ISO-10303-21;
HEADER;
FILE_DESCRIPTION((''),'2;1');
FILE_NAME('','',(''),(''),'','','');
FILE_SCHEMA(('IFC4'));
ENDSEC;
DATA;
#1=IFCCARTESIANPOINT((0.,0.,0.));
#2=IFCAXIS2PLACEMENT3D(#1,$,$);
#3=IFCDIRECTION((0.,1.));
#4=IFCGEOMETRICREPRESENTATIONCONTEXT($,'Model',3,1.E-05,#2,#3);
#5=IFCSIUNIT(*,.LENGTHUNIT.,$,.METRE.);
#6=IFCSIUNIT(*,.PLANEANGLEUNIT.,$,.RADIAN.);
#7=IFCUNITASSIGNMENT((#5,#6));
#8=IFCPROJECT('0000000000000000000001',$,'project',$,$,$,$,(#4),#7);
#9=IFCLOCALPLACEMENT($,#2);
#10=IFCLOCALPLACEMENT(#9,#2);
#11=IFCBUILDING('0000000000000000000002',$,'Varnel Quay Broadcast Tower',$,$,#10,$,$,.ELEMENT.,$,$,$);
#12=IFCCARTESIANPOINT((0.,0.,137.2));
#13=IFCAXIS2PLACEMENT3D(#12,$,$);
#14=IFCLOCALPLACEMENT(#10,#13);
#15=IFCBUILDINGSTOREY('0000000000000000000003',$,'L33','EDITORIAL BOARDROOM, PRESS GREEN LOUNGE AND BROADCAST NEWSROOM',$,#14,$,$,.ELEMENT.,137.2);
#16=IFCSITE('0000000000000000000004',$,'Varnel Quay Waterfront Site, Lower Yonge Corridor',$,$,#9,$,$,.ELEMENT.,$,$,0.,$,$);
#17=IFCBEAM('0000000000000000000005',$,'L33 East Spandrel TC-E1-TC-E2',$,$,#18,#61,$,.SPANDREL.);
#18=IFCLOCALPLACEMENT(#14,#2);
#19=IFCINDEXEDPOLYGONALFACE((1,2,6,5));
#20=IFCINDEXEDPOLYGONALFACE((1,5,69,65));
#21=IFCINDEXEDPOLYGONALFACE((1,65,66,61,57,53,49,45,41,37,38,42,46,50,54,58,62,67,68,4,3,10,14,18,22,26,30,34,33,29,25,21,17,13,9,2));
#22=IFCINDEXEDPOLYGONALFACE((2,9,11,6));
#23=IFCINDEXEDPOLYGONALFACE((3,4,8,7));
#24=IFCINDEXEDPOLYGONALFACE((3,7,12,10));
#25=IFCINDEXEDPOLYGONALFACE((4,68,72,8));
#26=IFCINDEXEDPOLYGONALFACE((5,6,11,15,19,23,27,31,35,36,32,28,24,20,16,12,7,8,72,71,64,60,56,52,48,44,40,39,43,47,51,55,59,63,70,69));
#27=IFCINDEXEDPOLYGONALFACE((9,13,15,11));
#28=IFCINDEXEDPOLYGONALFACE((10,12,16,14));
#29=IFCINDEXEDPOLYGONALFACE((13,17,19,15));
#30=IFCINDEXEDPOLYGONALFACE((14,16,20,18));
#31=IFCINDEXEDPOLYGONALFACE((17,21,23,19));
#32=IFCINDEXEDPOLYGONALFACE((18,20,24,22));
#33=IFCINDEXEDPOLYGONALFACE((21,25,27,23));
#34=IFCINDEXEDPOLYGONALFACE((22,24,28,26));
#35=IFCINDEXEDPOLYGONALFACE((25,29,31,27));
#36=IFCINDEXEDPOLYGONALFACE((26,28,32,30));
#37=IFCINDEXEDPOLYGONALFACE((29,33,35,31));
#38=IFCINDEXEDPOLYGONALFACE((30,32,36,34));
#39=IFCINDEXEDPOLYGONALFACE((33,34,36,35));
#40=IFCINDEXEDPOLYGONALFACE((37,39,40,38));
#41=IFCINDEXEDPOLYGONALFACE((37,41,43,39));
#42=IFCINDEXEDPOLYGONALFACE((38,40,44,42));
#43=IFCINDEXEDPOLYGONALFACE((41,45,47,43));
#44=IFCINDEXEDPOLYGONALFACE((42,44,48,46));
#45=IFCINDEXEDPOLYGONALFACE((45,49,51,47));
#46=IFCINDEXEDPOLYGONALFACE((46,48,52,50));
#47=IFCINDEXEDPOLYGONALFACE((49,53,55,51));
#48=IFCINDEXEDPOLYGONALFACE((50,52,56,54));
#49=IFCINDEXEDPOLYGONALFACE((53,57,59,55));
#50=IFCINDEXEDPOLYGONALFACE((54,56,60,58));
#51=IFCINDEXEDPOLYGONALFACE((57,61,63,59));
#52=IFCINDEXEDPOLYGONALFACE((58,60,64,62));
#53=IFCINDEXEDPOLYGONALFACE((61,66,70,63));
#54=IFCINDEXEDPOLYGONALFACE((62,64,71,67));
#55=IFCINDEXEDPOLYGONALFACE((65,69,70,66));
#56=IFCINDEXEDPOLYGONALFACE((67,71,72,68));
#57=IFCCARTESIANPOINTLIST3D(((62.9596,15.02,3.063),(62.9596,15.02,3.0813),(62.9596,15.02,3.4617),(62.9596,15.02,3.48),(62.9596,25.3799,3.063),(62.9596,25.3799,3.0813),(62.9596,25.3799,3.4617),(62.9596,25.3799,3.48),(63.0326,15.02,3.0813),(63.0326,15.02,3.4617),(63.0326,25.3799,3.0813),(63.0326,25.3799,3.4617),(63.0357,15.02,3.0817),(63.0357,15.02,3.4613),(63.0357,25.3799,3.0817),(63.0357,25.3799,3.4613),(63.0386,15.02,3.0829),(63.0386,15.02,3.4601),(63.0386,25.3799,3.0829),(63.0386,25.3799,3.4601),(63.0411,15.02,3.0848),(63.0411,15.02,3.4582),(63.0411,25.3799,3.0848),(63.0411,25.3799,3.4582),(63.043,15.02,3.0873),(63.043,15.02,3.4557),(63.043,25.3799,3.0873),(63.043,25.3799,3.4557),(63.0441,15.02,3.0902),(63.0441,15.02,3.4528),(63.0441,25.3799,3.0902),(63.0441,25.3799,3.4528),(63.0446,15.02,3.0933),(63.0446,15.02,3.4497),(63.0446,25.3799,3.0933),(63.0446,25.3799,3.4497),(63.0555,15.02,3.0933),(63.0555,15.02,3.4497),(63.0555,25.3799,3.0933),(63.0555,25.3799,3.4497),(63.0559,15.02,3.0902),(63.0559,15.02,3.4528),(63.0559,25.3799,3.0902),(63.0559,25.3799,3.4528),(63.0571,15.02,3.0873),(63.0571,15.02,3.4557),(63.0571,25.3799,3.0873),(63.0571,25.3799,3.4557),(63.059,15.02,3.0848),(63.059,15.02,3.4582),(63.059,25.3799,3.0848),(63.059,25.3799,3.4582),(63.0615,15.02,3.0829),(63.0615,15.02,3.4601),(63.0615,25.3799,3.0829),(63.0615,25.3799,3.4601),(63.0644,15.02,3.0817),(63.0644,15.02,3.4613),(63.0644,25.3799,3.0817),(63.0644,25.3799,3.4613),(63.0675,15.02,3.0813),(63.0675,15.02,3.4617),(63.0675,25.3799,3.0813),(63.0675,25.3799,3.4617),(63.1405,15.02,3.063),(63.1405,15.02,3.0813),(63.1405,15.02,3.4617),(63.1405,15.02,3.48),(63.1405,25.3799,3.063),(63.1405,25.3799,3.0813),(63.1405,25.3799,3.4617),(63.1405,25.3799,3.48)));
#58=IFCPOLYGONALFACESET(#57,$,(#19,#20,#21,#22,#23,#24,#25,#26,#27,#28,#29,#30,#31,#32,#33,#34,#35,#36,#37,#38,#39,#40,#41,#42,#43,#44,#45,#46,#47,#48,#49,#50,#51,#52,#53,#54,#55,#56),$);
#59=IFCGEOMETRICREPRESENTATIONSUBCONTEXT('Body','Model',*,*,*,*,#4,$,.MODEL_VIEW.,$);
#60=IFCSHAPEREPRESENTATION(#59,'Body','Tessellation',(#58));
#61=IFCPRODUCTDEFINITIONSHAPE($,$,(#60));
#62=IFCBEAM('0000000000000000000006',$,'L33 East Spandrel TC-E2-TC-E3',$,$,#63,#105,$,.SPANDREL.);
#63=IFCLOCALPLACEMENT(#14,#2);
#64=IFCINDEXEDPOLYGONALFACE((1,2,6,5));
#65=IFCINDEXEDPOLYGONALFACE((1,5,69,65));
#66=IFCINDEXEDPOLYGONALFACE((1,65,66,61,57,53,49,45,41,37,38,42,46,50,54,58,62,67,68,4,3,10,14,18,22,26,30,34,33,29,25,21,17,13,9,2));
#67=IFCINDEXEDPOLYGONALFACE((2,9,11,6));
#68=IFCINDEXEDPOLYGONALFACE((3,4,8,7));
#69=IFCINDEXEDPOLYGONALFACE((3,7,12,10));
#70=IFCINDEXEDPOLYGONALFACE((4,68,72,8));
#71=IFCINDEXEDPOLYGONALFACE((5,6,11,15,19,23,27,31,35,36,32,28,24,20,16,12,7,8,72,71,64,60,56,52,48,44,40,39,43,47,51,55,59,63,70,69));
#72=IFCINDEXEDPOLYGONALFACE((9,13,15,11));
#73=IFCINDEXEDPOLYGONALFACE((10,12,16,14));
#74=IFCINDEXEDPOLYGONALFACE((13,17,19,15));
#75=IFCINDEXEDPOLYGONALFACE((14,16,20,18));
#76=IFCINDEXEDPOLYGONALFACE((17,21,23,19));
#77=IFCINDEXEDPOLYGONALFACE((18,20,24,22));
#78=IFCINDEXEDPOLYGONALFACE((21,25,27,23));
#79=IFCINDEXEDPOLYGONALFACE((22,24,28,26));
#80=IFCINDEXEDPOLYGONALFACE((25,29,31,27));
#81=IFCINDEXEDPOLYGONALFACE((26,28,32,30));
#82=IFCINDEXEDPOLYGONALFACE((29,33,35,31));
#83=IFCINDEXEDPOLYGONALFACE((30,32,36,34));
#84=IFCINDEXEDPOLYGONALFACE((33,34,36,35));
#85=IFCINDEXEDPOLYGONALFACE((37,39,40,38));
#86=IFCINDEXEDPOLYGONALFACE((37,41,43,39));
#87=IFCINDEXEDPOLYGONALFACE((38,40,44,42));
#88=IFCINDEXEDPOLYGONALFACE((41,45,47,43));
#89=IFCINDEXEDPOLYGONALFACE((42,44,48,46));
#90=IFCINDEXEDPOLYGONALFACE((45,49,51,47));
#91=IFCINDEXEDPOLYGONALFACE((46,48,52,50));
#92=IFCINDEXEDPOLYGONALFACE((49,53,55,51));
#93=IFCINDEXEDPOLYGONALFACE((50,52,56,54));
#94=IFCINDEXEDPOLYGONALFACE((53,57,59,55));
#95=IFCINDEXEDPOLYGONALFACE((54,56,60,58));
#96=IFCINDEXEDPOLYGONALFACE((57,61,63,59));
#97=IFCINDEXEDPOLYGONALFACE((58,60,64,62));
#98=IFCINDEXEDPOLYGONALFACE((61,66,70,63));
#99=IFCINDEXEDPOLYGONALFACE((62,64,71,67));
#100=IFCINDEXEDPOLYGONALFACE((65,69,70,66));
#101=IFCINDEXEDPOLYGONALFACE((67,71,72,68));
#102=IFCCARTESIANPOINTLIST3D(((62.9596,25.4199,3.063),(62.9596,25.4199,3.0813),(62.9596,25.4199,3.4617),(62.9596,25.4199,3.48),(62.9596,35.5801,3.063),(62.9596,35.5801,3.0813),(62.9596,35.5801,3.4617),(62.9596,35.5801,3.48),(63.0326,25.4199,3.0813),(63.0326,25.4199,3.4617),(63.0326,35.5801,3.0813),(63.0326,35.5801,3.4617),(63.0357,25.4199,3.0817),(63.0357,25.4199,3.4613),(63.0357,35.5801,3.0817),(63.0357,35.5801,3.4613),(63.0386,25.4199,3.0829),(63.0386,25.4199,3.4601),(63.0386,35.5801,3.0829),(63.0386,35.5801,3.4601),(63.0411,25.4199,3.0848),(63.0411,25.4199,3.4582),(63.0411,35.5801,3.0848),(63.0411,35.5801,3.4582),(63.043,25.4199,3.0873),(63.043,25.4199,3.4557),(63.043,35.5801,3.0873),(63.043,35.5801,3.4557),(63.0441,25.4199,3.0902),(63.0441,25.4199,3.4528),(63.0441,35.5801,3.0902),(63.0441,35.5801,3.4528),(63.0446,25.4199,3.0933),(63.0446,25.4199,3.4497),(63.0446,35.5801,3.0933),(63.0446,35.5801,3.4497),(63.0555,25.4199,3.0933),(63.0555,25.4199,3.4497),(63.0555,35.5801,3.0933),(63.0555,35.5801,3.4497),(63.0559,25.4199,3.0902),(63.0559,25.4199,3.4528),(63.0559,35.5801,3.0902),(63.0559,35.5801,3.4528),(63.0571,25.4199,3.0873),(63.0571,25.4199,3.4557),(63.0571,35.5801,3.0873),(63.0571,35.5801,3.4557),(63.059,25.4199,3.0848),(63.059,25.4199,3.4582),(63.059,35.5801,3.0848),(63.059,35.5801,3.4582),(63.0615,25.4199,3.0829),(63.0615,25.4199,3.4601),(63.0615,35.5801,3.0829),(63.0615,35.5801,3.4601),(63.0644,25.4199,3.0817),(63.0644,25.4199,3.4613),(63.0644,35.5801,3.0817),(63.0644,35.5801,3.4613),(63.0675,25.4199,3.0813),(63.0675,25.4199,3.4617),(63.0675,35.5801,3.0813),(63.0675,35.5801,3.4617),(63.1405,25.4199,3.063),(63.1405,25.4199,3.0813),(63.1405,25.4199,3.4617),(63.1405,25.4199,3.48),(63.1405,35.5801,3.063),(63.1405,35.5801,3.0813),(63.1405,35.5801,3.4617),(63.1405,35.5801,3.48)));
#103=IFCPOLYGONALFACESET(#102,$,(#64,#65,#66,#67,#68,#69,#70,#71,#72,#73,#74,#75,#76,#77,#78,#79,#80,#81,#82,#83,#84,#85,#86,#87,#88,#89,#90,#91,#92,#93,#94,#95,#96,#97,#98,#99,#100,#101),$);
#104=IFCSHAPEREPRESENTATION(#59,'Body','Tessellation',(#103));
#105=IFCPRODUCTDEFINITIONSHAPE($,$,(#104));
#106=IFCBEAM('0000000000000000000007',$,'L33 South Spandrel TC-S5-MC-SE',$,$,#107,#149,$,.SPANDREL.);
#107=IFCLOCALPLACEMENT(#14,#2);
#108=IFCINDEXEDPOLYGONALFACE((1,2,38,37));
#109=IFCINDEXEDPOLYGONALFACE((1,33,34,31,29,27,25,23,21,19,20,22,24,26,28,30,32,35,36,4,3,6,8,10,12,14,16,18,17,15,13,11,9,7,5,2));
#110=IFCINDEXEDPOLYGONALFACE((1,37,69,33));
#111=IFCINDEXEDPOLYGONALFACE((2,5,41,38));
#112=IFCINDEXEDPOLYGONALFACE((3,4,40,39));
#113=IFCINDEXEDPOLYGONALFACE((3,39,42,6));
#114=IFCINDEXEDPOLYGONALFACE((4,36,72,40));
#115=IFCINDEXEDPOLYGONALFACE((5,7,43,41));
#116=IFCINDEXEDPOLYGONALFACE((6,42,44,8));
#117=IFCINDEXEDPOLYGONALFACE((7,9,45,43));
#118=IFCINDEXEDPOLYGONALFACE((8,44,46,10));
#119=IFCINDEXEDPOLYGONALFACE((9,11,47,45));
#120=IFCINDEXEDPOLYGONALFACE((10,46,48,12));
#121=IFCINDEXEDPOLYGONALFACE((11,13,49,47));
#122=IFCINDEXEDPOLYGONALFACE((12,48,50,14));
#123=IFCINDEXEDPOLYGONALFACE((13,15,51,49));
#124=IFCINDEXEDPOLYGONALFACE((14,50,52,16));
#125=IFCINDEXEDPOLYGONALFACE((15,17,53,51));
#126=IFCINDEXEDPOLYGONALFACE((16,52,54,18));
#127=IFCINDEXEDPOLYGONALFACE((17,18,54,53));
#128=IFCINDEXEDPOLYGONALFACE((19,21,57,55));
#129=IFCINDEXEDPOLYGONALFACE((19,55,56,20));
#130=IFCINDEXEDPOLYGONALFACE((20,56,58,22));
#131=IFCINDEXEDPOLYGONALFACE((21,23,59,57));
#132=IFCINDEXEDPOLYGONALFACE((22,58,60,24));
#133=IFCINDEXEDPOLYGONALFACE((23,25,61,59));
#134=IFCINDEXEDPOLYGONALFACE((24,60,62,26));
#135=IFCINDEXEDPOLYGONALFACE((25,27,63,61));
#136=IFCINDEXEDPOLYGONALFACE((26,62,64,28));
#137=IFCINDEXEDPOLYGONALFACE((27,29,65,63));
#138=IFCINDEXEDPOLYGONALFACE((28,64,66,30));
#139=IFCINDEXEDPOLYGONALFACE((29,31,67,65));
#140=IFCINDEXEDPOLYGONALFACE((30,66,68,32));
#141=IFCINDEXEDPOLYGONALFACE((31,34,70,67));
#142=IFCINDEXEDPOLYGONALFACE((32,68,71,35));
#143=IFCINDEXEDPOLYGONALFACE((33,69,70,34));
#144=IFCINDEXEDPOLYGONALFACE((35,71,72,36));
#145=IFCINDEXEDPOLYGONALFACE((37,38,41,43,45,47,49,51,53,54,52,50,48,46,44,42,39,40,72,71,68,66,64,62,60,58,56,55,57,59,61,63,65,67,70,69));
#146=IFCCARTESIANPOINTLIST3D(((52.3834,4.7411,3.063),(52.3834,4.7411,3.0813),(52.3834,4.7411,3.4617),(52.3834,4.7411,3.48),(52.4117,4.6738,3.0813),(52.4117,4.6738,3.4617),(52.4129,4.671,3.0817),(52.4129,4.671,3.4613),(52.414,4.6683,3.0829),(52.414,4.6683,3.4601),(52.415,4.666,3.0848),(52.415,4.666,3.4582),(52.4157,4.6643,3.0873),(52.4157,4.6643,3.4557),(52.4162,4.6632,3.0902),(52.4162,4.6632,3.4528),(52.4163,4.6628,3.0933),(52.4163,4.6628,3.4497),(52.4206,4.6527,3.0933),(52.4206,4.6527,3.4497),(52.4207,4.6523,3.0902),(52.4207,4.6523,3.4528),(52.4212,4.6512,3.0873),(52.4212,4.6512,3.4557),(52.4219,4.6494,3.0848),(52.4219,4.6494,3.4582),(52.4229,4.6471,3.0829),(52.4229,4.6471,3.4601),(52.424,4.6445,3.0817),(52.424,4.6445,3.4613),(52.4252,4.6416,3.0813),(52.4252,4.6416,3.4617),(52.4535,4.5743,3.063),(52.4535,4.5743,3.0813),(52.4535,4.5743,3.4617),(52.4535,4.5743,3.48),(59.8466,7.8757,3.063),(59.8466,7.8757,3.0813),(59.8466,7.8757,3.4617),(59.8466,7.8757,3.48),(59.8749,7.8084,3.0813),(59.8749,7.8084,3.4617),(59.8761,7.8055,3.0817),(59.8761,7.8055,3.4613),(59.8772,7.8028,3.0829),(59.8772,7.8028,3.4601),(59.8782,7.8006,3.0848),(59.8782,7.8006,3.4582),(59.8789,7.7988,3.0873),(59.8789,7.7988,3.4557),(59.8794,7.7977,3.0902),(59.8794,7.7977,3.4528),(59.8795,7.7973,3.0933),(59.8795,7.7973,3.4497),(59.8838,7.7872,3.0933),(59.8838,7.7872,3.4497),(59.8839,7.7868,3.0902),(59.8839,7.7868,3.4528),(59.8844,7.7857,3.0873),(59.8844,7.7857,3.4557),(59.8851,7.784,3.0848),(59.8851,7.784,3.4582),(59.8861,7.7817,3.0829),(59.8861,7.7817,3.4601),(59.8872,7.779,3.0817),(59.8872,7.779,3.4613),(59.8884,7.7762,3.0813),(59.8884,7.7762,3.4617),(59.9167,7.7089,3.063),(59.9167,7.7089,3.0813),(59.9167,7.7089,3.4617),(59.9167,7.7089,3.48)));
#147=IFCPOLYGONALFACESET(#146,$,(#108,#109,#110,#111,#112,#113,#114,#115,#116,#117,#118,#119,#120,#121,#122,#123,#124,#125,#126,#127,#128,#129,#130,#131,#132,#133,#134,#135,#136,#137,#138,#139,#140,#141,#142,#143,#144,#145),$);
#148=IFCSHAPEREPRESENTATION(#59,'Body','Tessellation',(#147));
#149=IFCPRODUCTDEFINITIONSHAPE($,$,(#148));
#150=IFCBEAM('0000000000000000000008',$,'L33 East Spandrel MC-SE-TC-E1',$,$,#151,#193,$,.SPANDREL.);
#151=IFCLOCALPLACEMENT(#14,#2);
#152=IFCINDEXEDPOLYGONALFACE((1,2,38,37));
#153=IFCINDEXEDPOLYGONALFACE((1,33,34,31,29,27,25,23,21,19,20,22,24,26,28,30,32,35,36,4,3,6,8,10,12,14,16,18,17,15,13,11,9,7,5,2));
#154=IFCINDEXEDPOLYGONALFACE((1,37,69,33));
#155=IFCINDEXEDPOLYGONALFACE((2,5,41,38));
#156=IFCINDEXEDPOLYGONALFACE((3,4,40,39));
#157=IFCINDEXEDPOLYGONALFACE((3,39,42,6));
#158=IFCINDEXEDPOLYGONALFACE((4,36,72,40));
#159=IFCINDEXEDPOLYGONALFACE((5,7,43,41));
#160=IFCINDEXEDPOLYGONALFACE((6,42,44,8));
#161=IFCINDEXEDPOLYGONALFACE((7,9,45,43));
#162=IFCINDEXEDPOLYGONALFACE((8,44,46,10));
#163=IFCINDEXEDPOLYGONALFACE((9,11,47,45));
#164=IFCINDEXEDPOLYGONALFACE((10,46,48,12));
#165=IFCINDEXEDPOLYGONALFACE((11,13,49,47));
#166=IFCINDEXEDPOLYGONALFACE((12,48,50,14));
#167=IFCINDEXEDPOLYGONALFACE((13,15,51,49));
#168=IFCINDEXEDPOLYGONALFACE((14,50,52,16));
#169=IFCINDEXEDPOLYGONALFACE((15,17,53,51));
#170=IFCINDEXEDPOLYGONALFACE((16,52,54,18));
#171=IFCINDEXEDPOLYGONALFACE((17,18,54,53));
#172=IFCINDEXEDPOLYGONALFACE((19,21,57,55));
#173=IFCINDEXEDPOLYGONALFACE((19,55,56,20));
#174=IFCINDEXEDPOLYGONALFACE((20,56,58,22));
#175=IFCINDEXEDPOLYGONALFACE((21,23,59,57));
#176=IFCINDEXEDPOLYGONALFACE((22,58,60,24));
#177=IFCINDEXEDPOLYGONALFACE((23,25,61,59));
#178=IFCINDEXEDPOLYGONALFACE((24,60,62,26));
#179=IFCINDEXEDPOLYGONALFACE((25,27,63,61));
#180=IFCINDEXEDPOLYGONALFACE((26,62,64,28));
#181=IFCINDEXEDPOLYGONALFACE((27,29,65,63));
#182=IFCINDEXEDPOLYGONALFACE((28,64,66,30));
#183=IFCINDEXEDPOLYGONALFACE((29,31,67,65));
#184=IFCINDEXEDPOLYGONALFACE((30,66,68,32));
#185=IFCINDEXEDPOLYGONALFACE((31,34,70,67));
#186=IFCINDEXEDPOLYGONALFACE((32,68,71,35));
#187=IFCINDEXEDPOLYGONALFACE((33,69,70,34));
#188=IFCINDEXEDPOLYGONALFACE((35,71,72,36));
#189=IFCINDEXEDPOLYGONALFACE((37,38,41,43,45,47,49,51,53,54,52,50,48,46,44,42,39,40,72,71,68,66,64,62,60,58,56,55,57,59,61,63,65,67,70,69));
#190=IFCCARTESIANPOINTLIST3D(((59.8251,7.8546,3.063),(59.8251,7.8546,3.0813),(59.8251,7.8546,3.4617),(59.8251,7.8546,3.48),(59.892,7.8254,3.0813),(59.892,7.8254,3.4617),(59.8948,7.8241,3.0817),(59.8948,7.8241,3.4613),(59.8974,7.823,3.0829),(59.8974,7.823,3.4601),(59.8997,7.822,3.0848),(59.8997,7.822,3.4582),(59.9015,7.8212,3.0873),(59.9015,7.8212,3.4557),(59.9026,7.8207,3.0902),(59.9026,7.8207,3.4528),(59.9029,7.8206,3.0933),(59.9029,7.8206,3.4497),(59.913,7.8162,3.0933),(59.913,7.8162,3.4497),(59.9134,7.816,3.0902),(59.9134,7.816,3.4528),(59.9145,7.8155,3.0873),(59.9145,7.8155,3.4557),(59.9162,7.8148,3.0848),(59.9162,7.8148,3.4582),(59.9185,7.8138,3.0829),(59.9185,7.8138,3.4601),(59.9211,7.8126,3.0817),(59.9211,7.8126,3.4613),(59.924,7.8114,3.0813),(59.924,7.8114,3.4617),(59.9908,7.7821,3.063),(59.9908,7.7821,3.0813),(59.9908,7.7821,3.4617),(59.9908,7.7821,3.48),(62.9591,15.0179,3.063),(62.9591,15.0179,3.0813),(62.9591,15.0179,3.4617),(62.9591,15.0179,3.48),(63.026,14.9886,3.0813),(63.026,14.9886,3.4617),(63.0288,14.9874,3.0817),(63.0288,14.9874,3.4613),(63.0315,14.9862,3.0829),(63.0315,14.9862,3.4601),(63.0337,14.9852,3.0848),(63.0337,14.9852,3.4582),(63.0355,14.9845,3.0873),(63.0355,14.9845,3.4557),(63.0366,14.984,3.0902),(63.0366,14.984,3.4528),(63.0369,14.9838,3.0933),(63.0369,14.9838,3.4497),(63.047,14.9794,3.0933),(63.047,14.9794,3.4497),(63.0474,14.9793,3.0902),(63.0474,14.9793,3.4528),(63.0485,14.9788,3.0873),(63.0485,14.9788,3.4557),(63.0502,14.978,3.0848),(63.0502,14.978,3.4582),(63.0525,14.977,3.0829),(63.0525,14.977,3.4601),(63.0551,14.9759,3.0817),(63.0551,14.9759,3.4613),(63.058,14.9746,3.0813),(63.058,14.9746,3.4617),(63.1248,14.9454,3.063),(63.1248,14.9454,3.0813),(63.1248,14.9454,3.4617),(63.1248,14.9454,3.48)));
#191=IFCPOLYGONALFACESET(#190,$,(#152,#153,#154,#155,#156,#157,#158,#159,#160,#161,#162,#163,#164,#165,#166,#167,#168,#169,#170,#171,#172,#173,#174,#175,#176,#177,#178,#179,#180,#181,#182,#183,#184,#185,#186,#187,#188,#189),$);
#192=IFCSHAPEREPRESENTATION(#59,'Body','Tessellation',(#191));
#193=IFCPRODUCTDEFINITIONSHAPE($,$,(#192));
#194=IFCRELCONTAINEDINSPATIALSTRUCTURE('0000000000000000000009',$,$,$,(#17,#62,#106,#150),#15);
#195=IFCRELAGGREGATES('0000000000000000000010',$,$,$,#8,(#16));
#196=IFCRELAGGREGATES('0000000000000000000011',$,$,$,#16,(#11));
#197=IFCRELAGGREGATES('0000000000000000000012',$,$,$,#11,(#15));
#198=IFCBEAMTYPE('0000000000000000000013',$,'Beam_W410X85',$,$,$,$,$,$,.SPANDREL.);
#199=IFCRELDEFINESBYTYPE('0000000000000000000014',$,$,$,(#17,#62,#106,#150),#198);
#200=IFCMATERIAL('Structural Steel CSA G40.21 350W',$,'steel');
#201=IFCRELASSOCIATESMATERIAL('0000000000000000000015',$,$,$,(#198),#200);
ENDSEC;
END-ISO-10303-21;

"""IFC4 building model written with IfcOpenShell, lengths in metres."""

from ifc_helpers import new_model, si_unit, direction, frame, origin, origin_2d, place, context, subcontext, project, spatial, i_section, extrude, source, transform, mapped, material, material_profile, profile_set, type_object, type_shapes, element, save


model = new_model("IFC4")

# Units and contexts
model_context = context("Model", 3, precision=1e-05, world=origin(), true_north=direction((0.0, 1.0)))
body_context = subcontext(model_context, "Body", "Model", "MODEL_VIEW")
ifc_project = project(units=[si_unit("LENGTHUNIT", "METRE"), si_unit("PLANEANGLEUNIT", "RADIAN")], contexts=[model_context])

# Site, building, storey
site_placement = place(None, origin())
site = spatial("IfcSite", under=ifc_project, at=site_placement, Name="Varnel Quay Waterfront Site, Lower Yonge Corridor", CompositionType="ELEMENT", RefElevation=0.0)
building_placement = place(site_placement, origin())
building = spatial("IfcBuilding", under=site, at=building_placement, Name="Varnel Quay Broadcast Tower", CompositionType="ELEMENT")
storey_placement = place(building_placement, frame((0.0, 0.0, 137.2)))
storey = spatial("IfcBuildingStorey", under=building, at=storey_placement, Name="L33", Description="EDITORIAL BOARDROOM, PRESS GREEN LOUNGE AND BROADCAST NEWSROOM", CompositionType="ELEMENT", Elevation=137.2)

# Shared definitions
ifc_material_1 = material(Name="Structural Steel CSA G40.21 350W", Category="steel")

# Beams
ifc_material_profile_1 = material_profile(ifc_material_1, i_section(OverallWidth=0.1809, OverallDepth=0.417, WebThickness=0.011, FlangeThickness=0.0183, FilletRadius=0.012, at=origin_2d()), Name="W410X85")
ifc_profile_set_1 = profile_set([ifc_material_profile_1], Name="Structural Steel CSA G40.21 350W")
beam_type = type_object("IfcBeamType", Name="Beam_W410X85", PredefinedType="SPANDREL", material=ifc_profile_set_1)
shared_shape_1 = source(origin(), body_context, "Body", "SweptSolid", [
    extrude(i_section(OverallWidth=0.1809, OverallDepth=0.417, WebThickness=0.011, FlangeThickness=0.0183, FilletRadius=0.012, at=origin_2d()), origin(), (0.0, 0.0, 1.0), 10.3599),
])
beam_1_placement = place(storey_placement, frame((63.05, 15.02, 3.2715), z_axis=(0.0, 1.0, 0.0), x_axis=(-1.0, 0.0, 0.0)))
element("IfcBeam", 1, at=beam_1_placement, inside=storey, type_object=beam_type, Name="L33 East Spandrel TC-E1-TC-E2", PredefinedType="SPANDREL", context=body_context, shape_type="MappedRepresentation", body=[
    mapped(shared_shape_1, transform((0.0, 0.0, 0.0), x_axis=(1.0, 0.0, 0.0), y_axis=(0.0, 1.0, 0.0), z_axis=(0.0, 0.0, 1.0), scale=1.0)),
])
shared_shape_2 = source(origin(), body_context, "Body", "SweptSolid", [
    extrude(i_section(OverallWidth=0.1809, OverallDepth=0.417, WebThickness=0.011, FlangeThickness=0.0183, FilletRadius=0.012, at=origin_2d()), origin(), (0.0, 0.0, 1.0), 10.1602),
])
beam_2_placement = place(storey_placement, frame((63.05, 25.4199, 3.2715), z_axis=(0.0, 1.0, 0.0), x_axis=(-1.0, 0.0, 0.0)))
element("IfcBeam", 2, at=beam_2_placement, inside=storey, type_object=beam_type, Name="L33 East Spandrel TC-E2-TC-E3", PredefinedType="SPANDREL", context=body_context, shape_type="MappedRepresentation", body=[
    mapped(shared_shape_2, transform((0.0, 0.0, 0.0), x_axis=(1.0, 0.0, 0.0), y_axis=(0.0, 1.0, 0.0), z_axis=(0.0, 0.0, 1.0), scale=1.0)),
])
shared_shape_3 = source(origin(), body_context, "Body", "SweptSolid", [
    extrude(i_section(OverallWidth=0.1809, OverallDepth=0.417, WebThickness=0.011, FlangeThickness=0.0183, FilletRadius=0.012, at=origin_2d()), origin(), (0.0, 0.0, 1.0), 8.0947),
])
beam_3_placement = place(storey_placement, frame((52.4185, 4.6577, 3.2715), z_axis=(0.921982, 0.387233, 0.0), x_axis=(-0.387233, 0.921982, 0.0)))
element("IfcBeam", 3, at=beam_3_placement, inside=storey, type_object=beam_type, Name="L33 South Spandrel TC-S5-MC-SE", PredefinedType="SPANDREL", context=body_context, shape_type="MappedRepresentation", body=[
    mapped(shared_shape_3, transform((0.0, 0.0, 0.0), x_axis=(1.0, 0.0, 0.0), y_axis=(0.0, 1.0, 0.0), z_axis=(0.0, 0.0, 1.0), scale=1.0)),
])
shared_shape_4 = source(origin(), body_context, "Body", "SweptSolid", [
    extrude(i_section(OverallWidth=0.1809, OverallDepth=0.417, WebThickness=0.011, FlangeThickness=0.0183, FilletRadius=0.012, at=origin_2d()), origin(), (0.0, 0.0, 1.0), 7.8188),
])
type_shapes(beam_type, [shared_shape_1, shared_shape_2, shared_shape_3, shared_shape_4])
beam_4_placement = place(storey_placement, frame((59.908, 7.8184, 3.2715), z_axis=(0.400827, 0.916154, 0.0), x_axis=(-0.916154, 0.400827, 0.0)))
element("IfcBeam", 4, at=beam_4_placement, inside=storey, type_object=beam_type, Name="L33 East Spandrel MC-SE-TC-E1", PredefinedType="SPANDREL", context=body_context, shape_type="MappedRepresentation", body=[
    mapped(shared_shape_4, transform((0.0, 0.0, 0.0), x_axis=(1.0, 0.0, 0.0), y_axis=(0.0, 1.0, 0.0), z_axis=(0.0, 0.0, 1.0), scale=1.0)),
])

save(model, "model.ifc")
